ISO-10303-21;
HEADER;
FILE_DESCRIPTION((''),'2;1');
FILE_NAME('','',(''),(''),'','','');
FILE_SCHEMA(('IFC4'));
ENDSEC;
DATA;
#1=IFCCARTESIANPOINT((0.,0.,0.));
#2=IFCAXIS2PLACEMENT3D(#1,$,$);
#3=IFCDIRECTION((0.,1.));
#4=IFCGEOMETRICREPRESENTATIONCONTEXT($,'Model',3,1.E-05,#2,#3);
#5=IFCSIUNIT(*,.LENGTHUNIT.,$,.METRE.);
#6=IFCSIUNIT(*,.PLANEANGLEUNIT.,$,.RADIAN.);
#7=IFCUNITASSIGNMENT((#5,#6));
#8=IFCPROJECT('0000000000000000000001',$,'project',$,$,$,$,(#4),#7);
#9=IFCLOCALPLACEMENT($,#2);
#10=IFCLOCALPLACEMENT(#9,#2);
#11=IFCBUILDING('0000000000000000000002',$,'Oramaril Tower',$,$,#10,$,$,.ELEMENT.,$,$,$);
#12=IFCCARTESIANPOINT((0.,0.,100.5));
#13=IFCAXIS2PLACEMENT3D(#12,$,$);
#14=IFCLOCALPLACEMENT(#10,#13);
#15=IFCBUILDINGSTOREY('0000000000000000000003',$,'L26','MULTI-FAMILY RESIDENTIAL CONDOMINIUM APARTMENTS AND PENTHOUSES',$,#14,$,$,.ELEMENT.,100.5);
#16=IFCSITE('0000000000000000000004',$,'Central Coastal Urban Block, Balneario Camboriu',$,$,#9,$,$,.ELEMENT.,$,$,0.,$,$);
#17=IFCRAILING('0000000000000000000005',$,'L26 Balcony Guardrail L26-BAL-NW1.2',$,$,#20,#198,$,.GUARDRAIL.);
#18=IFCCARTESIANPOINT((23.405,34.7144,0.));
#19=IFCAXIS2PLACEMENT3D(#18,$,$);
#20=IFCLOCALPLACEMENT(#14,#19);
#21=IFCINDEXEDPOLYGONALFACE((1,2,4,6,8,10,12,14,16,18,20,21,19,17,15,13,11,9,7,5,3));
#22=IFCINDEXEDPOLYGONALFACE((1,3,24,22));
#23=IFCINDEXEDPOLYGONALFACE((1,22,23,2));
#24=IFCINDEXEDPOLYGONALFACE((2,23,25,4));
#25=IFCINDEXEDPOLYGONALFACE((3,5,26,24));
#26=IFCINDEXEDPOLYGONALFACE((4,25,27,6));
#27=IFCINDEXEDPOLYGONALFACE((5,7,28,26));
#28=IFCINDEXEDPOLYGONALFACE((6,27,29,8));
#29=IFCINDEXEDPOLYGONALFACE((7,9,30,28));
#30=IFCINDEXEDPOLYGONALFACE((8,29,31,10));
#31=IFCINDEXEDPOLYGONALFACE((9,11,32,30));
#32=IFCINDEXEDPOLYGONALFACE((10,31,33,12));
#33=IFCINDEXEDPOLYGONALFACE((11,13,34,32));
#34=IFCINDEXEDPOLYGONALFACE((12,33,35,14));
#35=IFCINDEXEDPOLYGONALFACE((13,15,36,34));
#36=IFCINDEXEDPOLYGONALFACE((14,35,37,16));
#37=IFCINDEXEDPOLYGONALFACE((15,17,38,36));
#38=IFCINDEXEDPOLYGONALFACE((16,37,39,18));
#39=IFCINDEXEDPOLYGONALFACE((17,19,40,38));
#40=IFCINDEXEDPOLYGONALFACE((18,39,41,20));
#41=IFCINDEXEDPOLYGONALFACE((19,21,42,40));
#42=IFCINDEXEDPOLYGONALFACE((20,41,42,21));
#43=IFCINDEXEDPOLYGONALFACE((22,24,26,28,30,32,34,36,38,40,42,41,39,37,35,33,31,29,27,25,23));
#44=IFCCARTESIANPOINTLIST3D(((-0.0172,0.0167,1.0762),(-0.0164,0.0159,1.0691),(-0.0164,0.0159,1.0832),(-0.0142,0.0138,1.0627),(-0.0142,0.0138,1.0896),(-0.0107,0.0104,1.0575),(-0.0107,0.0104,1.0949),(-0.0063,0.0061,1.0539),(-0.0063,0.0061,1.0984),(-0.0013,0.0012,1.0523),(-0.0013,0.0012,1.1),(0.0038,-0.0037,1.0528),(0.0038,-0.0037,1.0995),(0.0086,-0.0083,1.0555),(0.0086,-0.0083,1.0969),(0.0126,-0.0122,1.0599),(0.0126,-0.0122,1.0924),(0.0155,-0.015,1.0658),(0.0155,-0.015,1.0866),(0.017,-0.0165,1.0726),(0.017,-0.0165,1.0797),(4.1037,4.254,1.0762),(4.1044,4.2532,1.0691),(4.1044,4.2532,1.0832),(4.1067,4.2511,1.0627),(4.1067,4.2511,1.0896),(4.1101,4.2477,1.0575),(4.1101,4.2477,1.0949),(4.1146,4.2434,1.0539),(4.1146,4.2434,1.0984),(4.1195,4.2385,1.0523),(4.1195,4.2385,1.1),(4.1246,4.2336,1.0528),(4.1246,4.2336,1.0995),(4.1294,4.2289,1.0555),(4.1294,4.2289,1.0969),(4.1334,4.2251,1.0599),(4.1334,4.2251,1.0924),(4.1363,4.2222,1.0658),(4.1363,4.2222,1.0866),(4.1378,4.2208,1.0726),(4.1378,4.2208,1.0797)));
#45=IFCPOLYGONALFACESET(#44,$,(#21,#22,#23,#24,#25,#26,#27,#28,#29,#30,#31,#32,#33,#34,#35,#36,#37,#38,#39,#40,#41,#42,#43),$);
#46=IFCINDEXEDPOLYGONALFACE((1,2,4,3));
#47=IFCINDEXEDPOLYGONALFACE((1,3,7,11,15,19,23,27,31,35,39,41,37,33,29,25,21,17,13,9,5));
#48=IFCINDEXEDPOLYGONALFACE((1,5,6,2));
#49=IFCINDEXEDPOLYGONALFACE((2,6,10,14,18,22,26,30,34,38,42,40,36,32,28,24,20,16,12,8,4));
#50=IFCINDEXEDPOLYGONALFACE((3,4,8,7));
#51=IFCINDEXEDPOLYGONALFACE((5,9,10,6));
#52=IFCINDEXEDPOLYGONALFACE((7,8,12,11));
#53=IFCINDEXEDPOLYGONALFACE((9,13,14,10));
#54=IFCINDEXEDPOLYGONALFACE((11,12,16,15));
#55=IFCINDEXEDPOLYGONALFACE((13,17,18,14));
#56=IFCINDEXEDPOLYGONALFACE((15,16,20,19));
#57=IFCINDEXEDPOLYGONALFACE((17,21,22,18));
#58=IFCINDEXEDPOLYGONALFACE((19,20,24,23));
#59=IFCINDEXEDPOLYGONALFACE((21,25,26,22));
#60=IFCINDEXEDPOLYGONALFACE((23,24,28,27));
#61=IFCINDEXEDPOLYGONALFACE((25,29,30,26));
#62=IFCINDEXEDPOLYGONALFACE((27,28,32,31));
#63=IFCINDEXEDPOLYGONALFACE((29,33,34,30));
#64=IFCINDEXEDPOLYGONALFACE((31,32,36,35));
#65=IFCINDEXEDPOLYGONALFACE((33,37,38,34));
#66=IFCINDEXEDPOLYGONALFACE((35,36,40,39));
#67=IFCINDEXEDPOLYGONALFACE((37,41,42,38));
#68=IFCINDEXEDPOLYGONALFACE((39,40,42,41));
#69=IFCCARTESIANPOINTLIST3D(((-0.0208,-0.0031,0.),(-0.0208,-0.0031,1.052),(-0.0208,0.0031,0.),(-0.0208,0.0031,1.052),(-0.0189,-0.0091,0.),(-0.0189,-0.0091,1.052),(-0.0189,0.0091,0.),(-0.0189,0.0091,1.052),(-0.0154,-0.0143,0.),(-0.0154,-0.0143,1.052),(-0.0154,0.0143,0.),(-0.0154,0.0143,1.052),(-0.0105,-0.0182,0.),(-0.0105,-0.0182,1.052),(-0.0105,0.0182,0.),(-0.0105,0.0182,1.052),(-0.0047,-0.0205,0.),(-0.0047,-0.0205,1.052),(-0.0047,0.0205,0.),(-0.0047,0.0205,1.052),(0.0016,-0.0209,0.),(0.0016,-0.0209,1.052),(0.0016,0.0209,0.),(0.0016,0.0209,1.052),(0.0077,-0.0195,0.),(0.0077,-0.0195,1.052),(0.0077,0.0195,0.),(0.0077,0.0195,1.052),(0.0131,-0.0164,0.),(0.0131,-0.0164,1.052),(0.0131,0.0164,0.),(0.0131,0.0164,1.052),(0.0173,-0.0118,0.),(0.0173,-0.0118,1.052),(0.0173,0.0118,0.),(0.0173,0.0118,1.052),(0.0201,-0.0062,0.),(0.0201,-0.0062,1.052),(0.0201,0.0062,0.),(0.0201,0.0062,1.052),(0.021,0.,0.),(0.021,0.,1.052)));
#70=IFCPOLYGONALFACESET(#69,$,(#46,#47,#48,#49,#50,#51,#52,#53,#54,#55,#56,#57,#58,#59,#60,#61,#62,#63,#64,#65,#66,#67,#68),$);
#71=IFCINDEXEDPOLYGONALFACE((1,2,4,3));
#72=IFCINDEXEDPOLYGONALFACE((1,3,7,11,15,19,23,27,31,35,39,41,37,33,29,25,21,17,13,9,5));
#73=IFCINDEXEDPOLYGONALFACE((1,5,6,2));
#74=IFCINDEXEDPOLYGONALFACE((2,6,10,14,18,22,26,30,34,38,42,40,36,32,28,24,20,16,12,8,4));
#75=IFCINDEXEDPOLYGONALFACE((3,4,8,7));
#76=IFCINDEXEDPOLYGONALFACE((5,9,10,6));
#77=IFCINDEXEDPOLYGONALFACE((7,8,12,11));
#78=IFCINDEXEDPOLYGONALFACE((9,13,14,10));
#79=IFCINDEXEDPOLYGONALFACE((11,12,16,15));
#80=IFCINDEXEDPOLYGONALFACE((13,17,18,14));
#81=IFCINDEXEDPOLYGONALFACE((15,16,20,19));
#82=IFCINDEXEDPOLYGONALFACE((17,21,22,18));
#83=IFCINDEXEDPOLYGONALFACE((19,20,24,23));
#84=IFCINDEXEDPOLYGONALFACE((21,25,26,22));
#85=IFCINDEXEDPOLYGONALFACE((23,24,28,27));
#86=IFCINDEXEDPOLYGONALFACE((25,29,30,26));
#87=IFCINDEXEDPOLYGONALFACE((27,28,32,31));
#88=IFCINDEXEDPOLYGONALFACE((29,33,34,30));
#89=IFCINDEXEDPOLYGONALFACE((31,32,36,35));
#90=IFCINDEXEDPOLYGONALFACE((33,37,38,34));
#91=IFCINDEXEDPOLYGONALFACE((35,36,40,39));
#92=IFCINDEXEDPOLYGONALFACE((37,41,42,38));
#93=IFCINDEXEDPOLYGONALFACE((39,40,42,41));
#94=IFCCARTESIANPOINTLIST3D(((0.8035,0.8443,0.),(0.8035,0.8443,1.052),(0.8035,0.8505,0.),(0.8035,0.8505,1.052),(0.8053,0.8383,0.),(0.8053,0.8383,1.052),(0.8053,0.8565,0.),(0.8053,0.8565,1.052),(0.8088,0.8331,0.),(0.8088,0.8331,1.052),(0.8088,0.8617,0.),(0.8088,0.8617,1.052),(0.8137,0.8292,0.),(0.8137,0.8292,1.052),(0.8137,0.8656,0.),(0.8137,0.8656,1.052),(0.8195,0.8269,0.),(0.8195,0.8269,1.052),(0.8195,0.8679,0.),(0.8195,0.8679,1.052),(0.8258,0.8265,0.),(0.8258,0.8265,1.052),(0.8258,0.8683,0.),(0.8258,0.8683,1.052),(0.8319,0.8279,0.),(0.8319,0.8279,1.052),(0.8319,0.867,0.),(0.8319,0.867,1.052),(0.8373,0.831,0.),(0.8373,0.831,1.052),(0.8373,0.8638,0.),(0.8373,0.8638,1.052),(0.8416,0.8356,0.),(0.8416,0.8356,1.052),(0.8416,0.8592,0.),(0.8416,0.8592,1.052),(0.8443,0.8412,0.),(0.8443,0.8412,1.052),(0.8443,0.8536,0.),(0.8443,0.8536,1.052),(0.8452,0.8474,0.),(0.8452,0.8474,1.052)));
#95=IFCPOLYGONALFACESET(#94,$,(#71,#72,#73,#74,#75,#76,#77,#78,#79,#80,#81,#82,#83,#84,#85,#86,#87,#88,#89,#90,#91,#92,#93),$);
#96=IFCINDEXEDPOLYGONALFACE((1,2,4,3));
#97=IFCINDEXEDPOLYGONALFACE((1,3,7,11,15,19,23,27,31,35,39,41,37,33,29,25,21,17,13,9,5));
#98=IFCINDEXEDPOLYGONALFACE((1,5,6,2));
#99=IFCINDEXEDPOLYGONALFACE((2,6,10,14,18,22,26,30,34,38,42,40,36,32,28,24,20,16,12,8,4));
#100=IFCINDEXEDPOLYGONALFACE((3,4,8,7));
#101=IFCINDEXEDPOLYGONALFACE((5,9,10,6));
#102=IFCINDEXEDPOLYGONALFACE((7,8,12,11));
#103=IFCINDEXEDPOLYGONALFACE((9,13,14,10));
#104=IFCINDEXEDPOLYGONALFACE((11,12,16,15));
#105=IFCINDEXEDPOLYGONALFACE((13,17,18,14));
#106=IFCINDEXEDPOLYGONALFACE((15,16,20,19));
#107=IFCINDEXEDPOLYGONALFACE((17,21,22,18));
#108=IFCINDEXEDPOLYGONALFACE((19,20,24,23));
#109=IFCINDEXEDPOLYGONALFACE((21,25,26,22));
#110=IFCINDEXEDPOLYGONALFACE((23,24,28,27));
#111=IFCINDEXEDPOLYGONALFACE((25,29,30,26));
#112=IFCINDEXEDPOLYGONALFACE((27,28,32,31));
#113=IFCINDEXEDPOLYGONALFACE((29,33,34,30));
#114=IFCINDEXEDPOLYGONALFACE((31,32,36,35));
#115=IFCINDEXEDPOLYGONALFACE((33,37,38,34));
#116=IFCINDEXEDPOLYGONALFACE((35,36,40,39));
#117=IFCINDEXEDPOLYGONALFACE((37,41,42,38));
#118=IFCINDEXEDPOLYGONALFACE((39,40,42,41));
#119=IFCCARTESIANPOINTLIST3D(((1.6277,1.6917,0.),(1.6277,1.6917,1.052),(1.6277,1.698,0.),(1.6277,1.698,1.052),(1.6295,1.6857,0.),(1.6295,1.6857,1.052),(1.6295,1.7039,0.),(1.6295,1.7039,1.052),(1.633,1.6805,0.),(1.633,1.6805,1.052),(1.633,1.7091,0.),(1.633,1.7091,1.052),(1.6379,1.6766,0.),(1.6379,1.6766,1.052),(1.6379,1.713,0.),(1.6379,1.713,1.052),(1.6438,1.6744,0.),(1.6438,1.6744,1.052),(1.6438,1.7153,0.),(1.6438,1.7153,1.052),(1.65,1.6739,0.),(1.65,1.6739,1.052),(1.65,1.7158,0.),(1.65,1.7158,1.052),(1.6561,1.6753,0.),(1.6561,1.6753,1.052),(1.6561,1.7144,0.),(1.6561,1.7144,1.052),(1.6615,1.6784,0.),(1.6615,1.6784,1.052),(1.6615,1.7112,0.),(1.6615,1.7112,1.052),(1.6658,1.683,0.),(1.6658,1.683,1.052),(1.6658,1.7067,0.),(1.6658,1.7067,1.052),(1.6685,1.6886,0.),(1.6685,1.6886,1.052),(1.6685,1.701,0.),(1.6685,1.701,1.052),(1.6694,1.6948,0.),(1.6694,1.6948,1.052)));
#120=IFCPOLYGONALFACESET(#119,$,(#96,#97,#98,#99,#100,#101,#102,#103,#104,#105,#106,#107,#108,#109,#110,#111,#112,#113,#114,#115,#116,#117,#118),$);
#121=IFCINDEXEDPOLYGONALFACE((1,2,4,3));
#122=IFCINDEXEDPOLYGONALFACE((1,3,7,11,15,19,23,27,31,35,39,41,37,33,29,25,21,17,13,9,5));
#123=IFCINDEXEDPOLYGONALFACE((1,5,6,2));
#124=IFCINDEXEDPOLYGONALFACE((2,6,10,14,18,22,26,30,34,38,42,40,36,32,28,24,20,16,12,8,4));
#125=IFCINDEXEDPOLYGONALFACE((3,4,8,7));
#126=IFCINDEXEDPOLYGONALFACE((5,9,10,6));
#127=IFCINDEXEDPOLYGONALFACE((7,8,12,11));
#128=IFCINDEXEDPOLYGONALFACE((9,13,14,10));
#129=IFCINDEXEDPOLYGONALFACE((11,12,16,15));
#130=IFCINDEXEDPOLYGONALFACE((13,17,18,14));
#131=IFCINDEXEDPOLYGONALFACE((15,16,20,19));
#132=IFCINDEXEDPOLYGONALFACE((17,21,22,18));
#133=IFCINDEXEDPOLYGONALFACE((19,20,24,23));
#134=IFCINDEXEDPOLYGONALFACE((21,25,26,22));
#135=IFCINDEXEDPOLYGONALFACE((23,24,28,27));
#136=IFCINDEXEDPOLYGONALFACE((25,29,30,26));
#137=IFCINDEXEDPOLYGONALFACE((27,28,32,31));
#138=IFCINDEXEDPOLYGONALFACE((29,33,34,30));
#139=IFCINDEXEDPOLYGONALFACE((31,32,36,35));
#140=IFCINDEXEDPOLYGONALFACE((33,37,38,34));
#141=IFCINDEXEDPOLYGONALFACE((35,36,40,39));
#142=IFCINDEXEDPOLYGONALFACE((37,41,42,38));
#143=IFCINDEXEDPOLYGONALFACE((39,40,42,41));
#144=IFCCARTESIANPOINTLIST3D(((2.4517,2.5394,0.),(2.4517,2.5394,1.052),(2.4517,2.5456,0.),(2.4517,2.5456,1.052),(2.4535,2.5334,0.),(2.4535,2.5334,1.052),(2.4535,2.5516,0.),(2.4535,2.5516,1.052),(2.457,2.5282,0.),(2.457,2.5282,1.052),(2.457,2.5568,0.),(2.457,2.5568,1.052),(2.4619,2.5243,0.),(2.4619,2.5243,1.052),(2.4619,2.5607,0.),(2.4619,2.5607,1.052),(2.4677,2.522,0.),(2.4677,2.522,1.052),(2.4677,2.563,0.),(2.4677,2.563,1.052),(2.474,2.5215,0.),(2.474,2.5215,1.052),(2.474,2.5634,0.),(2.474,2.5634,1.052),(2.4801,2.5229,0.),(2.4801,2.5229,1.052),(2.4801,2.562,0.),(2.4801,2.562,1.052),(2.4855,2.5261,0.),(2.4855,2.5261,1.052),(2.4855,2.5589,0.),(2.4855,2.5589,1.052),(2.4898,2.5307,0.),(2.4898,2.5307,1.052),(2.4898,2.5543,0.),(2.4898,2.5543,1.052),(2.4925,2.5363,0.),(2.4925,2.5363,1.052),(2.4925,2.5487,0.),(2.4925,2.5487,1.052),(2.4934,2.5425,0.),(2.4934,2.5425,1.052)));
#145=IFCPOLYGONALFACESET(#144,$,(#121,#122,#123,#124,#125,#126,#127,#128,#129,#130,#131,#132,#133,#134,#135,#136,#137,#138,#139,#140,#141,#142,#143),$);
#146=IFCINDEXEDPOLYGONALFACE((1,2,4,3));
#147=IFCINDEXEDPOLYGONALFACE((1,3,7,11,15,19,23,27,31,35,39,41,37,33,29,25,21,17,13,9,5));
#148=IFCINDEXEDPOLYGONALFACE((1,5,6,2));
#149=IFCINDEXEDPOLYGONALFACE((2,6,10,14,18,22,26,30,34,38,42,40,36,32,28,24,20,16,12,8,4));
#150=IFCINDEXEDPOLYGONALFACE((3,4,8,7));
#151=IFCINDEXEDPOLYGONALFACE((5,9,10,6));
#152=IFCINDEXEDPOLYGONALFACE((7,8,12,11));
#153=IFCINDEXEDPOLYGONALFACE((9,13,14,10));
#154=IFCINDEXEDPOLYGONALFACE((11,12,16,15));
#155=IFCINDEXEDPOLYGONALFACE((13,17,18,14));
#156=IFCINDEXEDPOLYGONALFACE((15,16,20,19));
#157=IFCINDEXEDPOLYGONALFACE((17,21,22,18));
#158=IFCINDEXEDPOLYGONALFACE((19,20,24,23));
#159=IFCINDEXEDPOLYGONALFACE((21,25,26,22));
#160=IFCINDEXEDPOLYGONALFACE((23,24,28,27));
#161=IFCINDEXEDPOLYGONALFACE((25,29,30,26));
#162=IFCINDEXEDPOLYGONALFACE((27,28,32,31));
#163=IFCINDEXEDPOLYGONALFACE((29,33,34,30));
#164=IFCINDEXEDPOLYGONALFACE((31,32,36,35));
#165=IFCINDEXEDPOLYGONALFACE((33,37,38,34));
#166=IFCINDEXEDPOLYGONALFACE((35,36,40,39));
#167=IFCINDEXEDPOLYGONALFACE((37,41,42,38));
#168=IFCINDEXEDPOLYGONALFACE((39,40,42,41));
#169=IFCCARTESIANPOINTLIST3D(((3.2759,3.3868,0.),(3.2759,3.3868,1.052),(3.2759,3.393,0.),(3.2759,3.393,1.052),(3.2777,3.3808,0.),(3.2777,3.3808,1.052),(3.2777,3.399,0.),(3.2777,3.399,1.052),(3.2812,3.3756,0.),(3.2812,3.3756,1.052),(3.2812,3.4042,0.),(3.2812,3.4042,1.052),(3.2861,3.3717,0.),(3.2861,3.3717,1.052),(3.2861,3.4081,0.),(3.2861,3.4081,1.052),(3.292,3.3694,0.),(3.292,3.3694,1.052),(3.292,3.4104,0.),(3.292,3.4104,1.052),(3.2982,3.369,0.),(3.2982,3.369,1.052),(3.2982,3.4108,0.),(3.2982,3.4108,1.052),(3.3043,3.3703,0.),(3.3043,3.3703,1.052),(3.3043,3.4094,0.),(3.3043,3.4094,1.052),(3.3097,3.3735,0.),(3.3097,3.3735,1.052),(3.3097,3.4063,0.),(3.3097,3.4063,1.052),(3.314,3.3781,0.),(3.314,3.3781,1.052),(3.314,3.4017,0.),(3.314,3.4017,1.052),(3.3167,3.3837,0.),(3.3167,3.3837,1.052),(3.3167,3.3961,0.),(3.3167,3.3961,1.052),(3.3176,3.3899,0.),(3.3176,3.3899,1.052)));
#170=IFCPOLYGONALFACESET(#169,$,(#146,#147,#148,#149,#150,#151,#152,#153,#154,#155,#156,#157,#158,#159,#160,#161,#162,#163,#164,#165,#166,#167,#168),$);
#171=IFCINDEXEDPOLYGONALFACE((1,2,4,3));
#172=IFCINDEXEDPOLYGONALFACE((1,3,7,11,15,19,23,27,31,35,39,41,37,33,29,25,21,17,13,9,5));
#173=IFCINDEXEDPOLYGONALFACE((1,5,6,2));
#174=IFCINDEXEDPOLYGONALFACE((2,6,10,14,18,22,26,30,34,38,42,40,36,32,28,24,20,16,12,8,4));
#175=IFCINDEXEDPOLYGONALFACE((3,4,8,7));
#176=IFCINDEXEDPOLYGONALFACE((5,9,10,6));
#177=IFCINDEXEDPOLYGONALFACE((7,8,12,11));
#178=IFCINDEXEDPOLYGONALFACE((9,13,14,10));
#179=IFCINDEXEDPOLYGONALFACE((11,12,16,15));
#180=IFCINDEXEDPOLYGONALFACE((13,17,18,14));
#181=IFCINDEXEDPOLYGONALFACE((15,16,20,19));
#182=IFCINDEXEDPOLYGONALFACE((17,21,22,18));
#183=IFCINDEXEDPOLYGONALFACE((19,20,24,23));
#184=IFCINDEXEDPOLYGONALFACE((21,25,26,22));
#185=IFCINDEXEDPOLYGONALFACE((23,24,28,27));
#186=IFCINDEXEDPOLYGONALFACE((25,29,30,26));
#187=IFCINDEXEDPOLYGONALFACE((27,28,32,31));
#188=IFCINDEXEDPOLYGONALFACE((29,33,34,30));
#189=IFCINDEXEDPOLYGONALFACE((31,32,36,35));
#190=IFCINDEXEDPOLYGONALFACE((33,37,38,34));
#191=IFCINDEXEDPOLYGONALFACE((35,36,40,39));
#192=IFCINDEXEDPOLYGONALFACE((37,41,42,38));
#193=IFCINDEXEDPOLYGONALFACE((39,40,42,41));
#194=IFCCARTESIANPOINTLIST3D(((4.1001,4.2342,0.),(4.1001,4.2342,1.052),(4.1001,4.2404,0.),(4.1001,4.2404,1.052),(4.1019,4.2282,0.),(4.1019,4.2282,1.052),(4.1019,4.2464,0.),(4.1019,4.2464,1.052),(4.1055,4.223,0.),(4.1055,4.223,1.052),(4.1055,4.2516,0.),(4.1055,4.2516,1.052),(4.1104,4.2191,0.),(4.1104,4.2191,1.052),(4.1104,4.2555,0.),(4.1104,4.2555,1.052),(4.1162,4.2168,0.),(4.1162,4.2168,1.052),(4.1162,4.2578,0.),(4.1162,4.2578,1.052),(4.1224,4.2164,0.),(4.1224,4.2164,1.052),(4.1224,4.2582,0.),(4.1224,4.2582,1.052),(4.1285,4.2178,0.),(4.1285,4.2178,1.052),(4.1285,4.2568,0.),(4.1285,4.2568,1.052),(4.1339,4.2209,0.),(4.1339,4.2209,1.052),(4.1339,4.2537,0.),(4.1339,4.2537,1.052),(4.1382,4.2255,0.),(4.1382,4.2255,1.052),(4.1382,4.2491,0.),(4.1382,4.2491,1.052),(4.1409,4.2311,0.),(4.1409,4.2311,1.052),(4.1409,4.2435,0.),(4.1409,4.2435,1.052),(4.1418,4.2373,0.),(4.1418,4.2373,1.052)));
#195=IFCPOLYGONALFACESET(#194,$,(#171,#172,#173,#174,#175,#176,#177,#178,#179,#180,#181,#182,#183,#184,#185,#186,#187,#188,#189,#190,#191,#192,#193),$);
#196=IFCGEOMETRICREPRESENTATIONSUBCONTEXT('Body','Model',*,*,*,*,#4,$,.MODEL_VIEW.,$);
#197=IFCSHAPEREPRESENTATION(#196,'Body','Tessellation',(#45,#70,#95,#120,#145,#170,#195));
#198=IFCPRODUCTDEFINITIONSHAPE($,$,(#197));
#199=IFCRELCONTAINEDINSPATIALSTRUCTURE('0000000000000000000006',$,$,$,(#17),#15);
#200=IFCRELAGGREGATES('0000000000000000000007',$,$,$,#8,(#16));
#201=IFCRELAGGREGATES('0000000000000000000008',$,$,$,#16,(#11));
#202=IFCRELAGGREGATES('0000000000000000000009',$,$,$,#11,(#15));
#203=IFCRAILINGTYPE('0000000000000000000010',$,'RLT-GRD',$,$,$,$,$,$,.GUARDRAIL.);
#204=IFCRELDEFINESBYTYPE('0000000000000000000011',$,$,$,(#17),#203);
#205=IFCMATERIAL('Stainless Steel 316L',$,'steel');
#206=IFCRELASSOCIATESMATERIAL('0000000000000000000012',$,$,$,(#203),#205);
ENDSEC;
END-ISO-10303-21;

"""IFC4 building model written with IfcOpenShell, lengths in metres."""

from ifc_helpers import new_model, si_unit, direction, frame, origin, origin_2d, place, context, subcontext, project, spatial, circle, extrude, material, type_object, element, save


model = new_model("IFC4")

# Units and contexts
model_context = context("Model", 3, precision=1e-05, world=origin(), true_north=direction((0.0, 1.0)))
body_context = subcontext(model_context, "Body", "Model", "MODEL_VIEW")
ifc_project = project(units=[si_unit("LENGTHUNIT", "METRE"), si_unit("PLANEANGLEUNIT", "RADIAN")], contexts=[model_context])

# Site, building, storey
site_placement = place(None, origin())
site = spatial("IfcSite", under=ifc_project, at=site_placement, Name="Central Coastal Urban Block, Balneario Camboriu", CompositionType="ELEMENT", RefElevation=0.0)
building_placement = place(site_placement, origin())
building = spatial("IfcBuilding", under=site, at=building_placement, Name="Oramaril Tower", CompositionType="ELEMENT")
storey_placement = place(building_placement, frame((0.0, 0.0, 100.5)))
storey = spatial("IfcBuildingStorey", under=building, at=storey_placement, Name="L26", Description="MULTI-FAMILY RESIDENTIAL CONDOMINIUM APARTMENTS AND PENTHOUSES", CompositionType="ELEMENT", Elevation=100.5)

# Railing
ifc_material_1 = material(Name="Stainless Steel 316L", Category="steel")
railing_type = type_object("IfcRailingType", Name="RLT-GRD", PredefinedType="GUARDRAIL", material=ifc_material_1)
railing_1_placement = place(storey_placement, frame((23.405, 34.7144, 0.0)))
element("IfcRailing", 1, at=railing_1_placement, inside=storey, type_object=railing_type, Name="L26 Balcony Guardrail L26-BAL-NW1.2", PredefinedType="GUARDRAIL", context=body_context, shape_type="SweptSolid", body=[
    extrude(circle(Radius=0.0239, at=origin_2d()), frame((0.0, 0.0, 1.0762), z_axis=(0.697187, 0.716889, 0.0), x_axis=(-0.716889, 0.697187, 0.0)), (0.0, 0.0, 1.0), 5.9106),
    extrude(circle(Radius=0.021, at=origin_2d()), origin(), (0.0, 0.0, 1.0), 1.052),
    extrude(circle(Radius=0.021, at=origin_2d()), frame((0.8242, 0.8474, 0.0)), (0.0, 0.0, 1.0), 1.052),
    extrude(circle(Radius=0.021, at=origin_2d()), frame((1.6484, 1.6948, 0.0)), (0.0, 0.0, 1.0), 1.052),
    extrude(circle(Radius=0.021, at=origin_2d()), frame((2.4724, 2.5425, 0.0)), (0.0, 0.0, 1.0), 1.052),
    extrude(circle(Radius=0.021, at=origin_2d()), frame((3.2966, 3.3899, 0.0)), (0.0, 0.0, 1.0), 1.052),
    extrude(circle(Radius=0.021, at=origin_2d()), frame((4.1208, 4.2373, 0.0)), (0.0, 0.0, 1.0), 1.052),
])

save(model, "model.ifc")
